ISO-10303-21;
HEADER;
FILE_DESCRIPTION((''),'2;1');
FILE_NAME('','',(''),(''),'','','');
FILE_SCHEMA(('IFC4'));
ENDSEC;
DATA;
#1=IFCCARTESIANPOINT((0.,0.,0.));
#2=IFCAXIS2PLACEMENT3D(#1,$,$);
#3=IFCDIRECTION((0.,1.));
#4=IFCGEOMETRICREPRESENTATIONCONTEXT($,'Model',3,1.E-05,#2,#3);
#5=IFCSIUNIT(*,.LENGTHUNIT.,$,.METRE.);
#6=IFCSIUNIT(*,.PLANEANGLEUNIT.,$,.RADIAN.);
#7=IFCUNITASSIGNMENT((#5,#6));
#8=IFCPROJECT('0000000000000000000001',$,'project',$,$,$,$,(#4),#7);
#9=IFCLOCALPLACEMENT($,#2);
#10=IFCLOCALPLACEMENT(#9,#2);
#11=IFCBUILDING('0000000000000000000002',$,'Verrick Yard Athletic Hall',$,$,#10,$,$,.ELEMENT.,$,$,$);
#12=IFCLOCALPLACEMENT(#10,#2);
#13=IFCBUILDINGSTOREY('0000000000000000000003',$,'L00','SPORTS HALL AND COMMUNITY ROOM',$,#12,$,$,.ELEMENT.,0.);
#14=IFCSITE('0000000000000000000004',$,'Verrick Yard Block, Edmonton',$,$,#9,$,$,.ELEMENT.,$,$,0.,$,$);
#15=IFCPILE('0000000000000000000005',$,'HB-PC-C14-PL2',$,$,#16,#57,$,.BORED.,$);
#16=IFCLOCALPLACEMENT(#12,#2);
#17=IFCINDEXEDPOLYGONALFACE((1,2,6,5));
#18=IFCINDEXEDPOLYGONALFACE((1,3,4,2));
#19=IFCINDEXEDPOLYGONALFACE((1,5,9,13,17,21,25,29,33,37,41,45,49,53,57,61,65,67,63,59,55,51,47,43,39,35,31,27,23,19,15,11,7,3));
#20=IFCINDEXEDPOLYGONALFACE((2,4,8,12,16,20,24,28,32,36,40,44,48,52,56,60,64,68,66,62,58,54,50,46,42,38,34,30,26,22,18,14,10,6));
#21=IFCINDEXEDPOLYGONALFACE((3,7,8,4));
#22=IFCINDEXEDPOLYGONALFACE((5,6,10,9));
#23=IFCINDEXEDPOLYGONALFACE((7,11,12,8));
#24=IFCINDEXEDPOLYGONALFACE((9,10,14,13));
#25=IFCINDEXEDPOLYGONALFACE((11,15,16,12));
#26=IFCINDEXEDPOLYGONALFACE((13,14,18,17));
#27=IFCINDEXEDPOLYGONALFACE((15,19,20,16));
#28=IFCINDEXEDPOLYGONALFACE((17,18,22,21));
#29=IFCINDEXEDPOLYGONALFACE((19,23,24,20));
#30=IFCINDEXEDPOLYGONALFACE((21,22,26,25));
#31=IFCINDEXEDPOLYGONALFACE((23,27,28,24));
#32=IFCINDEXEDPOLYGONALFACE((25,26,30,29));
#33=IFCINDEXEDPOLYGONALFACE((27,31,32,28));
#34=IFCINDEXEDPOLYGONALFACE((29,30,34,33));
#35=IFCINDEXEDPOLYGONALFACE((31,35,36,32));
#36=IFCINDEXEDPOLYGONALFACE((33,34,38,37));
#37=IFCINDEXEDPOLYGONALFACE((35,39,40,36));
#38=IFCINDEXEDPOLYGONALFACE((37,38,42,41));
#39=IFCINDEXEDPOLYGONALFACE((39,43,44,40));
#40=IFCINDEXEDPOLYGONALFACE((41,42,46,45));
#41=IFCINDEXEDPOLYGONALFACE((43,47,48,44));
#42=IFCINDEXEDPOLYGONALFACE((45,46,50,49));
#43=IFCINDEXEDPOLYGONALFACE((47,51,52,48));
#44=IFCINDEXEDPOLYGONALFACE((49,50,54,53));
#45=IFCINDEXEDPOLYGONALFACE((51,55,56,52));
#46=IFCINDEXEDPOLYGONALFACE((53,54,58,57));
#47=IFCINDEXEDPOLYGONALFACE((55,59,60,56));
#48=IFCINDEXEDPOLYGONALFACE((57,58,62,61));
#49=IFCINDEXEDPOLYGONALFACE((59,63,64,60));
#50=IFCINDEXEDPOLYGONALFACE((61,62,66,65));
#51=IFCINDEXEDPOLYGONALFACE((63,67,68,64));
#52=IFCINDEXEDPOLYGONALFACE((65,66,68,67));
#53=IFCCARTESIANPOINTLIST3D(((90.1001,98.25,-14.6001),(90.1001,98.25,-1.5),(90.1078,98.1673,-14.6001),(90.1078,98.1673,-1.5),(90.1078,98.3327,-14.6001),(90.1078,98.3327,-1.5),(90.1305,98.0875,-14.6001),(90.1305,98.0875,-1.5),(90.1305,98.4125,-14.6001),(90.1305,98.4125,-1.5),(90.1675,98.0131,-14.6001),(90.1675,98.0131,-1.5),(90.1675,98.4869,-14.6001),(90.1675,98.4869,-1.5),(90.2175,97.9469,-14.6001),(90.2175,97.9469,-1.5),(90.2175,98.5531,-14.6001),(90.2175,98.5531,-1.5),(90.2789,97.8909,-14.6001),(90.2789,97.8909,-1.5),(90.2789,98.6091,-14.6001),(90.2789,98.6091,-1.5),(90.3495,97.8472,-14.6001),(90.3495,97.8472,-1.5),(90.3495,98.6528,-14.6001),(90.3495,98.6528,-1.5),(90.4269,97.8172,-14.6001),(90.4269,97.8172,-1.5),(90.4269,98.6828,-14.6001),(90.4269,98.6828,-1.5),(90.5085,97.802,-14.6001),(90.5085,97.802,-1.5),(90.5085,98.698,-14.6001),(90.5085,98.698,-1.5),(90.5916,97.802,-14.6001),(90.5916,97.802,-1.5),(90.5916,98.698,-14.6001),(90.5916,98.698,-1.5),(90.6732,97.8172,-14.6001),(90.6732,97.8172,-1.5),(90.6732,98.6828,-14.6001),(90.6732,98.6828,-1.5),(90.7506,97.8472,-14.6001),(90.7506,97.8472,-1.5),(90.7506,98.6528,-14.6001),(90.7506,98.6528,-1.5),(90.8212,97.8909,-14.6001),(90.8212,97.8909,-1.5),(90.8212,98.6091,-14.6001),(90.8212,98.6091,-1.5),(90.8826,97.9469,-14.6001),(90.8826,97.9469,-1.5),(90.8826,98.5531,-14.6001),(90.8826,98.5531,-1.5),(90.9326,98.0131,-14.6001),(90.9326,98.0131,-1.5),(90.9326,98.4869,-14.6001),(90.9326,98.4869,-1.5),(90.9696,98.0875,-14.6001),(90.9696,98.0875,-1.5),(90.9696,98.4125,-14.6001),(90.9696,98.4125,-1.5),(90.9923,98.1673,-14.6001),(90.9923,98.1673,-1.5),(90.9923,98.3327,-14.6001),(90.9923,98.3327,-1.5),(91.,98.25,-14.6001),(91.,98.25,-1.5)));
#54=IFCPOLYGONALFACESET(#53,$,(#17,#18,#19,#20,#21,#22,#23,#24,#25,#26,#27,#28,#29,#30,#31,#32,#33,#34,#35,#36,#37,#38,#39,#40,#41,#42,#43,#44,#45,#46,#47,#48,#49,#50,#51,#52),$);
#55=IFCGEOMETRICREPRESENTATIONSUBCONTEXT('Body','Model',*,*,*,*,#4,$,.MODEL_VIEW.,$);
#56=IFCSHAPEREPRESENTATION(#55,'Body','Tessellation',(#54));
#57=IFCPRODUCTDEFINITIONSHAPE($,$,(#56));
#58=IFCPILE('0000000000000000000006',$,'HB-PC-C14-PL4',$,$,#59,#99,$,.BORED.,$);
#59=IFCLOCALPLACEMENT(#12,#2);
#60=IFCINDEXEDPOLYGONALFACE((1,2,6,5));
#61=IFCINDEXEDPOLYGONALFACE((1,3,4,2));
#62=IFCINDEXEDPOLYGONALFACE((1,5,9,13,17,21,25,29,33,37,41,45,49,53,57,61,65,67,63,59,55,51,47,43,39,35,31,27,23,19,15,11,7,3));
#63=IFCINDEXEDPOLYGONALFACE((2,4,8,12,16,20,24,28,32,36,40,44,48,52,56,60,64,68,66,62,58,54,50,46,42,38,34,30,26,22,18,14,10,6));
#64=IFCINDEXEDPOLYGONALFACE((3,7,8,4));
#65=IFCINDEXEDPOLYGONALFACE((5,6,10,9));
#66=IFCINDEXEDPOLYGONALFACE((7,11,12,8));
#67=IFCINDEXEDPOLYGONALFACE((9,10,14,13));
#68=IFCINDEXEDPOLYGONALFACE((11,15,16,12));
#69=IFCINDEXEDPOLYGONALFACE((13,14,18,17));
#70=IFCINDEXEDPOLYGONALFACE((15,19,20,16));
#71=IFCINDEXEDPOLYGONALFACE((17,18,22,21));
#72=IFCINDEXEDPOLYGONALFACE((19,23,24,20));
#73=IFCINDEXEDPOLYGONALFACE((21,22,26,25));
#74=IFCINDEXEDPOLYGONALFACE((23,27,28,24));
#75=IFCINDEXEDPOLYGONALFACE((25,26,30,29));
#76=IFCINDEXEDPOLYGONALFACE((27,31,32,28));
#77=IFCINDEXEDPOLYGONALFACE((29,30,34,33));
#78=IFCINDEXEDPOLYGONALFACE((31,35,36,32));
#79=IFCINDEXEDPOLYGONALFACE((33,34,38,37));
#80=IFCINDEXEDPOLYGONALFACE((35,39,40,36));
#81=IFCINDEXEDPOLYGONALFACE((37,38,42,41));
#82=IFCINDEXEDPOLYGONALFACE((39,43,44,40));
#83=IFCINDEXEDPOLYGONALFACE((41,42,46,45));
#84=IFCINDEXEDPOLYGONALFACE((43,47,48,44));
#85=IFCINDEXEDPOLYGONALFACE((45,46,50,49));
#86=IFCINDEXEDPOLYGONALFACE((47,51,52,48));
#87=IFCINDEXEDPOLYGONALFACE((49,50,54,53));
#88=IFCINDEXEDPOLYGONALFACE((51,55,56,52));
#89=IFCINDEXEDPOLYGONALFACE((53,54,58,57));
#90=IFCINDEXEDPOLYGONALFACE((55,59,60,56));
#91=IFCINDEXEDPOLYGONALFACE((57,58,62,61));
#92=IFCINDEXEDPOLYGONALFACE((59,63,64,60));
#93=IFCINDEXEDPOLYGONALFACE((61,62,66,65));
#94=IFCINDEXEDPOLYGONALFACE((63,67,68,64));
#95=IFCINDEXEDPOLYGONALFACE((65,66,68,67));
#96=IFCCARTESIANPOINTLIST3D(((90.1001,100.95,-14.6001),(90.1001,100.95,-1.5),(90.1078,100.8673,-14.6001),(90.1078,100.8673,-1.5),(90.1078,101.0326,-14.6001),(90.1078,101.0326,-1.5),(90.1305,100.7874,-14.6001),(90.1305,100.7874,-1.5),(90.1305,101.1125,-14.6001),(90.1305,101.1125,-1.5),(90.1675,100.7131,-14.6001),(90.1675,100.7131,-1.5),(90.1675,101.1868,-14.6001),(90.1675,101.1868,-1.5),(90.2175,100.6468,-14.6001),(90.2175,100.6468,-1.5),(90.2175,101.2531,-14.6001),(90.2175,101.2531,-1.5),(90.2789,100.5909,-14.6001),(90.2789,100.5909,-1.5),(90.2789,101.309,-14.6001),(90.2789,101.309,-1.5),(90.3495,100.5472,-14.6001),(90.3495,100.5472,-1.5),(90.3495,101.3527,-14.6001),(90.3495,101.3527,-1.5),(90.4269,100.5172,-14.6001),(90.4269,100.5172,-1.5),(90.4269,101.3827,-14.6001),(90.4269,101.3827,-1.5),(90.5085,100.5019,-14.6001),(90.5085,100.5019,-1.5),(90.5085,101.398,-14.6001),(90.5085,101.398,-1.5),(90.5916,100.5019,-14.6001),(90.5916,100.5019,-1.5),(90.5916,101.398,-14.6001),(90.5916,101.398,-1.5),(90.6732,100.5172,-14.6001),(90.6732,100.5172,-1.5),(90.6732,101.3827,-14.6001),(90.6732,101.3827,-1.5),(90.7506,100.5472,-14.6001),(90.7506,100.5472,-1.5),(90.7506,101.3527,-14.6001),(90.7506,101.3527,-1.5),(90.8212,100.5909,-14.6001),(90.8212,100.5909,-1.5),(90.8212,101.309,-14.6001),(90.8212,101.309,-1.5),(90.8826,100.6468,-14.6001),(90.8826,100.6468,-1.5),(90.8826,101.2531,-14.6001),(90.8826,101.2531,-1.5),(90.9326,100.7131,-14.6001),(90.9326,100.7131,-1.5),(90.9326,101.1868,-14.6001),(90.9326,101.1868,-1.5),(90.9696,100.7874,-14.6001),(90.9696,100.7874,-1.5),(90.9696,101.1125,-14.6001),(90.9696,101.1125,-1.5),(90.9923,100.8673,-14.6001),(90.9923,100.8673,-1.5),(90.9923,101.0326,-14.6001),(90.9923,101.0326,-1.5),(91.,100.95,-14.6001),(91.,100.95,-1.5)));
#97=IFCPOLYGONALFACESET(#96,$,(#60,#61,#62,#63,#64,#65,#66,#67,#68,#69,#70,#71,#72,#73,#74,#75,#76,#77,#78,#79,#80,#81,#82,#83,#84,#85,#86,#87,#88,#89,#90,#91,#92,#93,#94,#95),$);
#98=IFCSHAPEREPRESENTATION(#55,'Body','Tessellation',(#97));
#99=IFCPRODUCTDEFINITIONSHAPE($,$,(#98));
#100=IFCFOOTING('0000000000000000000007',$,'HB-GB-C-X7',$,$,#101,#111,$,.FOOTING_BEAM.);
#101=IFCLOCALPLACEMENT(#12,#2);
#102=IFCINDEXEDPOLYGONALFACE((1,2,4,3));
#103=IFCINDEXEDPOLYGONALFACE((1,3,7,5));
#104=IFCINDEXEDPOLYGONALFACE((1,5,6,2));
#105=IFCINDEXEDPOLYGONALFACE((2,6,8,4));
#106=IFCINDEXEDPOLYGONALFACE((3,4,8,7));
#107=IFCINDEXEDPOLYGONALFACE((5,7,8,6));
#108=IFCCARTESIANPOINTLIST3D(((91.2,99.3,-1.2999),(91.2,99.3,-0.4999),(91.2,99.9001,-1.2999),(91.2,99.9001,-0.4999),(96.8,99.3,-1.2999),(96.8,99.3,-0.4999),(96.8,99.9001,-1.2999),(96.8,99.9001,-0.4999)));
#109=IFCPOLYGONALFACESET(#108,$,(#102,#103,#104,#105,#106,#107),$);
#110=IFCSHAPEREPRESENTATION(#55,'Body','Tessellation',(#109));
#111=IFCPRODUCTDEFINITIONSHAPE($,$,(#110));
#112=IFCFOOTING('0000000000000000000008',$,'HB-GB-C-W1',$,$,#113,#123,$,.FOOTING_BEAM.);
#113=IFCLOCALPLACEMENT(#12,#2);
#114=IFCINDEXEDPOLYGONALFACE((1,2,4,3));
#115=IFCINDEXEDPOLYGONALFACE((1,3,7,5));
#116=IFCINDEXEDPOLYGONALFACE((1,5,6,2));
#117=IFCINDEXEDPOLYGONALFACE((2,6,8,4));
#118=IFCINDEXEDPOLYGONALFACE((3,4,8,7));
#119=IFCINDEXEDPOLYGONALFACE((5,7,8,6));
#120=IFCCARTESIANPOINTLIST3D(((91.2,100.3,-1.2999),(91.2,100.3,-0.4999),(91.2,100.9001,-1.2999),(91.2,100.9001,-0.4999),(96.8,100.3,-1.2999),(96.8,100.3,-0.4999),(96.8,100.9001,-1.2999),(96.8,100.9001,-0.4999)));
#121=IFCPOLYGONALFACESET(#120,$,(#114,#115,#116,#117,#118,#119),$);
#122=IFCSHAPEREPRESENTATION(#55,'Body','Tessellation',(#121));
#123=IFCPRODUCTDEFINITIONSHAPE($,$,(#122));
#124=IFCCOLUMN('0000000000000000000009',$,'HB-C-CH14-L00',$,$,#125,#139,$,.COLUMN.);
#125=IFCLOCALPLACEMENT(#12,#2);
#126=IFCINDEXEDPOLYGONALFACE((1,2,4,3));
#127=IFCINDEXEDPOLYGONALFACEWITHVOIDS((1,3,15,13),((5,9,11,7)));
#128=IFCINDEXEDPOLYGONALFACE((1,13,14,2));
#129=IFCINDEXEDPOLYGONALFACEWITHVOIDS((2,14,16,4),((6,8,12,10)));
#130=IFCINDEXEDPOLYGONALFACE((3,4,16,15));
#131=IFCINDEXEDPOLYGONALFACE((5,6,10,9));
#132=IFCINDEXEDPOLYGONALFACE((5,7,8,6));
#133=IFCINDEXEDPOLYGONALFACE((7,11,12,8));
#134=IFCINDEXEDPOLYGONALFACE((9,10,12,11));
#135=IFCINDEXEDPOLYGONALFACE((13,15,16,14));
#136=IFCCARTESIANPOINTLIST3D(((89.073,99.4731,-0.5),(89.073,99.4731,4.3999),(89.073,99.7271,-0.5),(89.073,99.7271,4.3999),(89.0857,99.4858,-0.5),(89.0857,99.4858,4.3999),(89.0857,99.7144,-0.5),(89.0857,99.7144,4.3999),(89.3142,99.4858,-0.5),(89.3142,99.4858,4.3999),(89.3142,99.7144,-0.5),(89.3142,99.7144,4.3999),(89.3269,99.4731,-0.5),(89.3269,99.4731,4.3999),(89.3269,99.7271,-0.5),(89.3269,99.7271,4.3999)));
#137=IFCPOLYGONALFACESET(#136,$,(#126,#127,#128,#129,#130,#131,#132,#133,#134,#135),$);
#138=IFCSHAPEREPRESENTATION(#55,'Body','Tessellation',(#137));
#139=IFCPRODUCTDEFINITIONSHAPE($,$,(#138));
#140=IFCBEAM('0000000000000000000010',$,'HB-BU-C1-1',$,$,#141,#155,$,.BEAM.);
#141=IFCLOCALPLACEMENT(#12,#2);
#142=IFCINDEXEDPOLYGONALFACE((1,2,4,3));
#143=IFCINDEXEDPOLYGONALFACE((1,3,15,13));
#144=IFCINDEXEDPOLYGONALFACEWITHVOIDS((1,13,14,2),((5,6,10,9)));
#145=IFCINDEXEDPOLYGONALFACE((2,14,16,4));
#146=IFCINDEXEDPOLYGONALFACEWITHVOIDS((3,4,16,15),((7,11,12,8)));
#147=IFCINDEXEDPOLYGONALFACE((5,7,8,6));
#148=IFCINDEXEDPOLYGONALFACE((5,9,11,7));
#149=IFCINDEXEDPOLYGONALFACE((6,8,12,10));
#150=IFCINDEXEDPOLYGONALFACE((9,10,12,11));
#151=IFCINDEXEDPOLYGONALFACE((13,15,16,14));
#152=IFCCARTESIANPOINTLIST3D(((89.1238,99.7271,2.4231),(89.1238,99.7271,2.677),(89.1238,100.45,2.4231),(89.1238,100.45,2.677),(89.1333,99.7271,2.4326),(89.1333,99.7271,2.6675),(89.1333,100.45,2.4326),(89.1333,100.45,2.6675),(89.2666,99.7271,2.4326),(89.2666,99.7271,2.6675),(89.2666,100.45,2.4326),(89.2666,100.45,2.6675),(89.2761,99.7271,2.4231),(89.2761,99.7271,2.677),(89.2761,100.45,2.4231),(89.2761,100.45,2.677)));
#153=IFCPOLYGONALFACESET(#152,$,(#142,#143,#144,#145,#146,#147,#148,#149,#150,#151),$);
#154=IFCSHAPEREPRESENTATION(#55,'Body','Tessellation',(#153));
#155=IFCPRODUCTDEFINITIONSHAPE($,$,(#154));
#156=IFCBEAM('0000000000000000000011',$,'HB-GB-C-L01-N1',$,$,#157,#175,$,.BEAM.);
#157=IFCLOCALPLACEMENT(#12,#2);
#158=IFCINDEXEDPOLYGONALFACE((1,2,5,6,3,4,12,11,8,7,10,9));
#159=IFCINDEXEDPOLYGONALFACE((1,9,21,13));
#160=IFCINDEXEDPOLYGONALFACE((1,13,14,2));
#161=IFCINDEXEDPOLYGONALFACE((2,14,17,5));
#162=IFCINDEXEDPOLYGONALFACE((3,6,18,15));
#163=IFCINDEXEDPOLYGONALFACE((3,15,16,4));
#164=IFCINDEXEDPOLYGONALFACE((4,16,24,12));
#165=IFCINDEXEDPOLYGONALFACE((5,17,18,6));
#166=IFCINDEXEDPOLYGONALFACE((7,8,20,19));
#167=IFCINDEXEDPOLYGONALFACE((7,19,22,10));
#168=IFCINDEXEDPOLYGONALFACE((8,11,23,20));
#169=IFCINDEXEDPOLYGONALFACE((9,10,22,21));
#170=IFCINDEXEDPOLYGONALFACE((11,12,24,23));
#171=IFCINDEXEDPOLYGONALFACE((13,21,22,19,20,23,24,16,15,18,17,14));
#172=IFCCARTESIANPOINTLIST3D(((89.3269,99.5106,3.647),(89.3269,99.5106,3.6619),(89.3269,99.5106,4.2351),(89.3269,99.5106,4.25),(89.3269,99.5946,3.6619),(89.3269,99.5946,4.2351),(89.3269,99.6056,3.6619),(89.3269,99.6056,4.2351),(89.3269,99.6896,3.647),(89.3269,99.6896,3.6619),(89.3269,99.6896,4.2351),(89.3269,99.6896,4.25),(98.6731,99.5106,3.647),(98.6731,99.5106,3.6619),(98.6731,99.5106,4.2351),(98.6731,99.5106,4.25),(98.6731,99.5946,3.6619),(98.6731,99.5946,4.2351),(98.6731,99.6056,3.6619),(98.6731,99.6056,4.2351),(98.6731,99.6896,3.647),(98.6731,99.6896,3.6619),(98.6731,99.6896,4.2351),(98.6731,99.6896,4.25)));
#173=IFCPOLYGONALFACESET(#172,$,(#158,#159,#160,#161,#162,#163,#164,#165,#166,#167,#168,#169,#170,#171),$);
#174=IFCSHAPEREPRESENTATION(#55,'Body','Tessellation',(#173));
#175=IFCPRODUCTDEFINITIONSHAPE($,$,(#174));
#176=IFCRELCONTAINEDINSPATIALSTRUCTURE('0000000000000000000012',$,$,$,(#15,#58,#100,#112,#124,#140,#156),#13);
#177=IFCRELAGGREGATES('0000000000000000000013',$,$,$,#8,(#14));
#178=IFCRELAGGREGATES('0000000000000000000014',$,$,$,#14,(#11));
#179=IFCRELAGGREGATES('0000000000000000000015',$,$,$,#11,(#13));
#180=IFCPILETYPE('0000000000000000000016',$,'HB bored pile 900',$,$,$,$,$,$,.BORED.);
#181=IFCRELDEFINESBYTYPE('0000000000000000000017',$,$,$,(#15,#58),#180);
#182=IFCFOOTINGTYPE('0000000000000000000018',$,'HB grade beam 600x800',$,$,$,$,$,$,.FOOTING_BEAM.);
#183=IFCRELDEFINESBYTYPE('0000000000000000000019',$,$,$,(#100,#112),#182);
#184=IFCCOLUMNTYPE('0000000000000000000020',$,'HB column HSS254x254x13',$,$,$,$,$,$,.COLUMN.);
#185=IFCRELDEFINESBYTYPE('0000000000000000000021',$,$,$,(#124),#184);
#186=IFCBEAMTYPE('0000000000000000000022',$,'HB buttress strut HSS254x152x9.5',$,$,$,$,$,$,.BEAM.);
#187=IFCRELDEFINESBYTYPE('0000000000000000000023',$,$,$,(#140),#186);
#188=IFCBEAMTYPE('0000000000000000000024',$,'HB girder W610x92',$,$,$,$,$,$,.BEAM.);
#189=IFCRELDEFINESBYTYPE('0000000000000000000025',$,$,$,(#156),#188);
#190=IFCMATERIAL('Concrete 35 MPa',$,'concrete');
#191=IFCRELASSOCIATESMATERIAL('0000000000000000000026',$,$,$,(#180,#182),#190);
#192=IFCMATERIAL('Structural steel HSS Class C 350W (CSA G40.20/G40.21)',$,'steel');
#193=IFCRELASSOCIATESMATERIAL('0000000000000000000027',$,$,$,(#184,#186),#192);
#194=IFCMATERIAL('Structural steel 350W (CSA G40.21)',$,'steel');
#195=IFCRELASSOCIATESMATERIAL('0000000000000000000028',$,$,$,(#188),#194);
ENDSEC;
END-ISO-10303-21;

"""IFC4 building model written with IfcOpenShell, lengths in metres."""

from ifc_helpers import new_model, si_unit, direction, frame, origin, origin_2d, place, context, subcontext, project, spatial, rectangle, hollow_rectangle, circle, i_section, extrude, material, material_profile, profile_set, type_object, element, save


model = new_model("IFC4")

# Units and contexts
model_context = context("Model", 3, precision=1e-05, world=origin(), true_north=direction((0.0, 1.0)))
body_context = subcontext(model_context, "Body", "Model", "MODEL_VIEW")
ifc_project = project(units=[si_unit("LENGTHUNIT", "METRE"), si_unit("PLANEANGLEUNIT", "RADIAN")], contexts=[model_context])

# Site, building, storey
site_placement = place(None, origin())
site = spatial("IfcSite", under=ifc_project, at=site_placement, Name="Verrick Yard Block, Edmonton", CompositionType="ELEMENT", RefElevation=0.0)
building_placement = place(site_placement, origin())
building = spatial("IfcBuilding", under=site, at=building_placement, Name="Verrick Yard Athletic Hall", CompositionType="ELEMENT")
storey_placement = place(building_placement, origin())
storey = spatial("IfcBuildingStorey", under=building, at=storey_placement, Name="L00", Description="SPORTS HALL AND COMMUNITY ROOM", CompositionType="ELEMENT", Elevation=0.0)

# Piles
ifc_material_1 = material(Name="Concrete 35 MPa", Category="concrete")
ifc_material_profile_1 = material_profile(ifc_material_1, circle(Radius=0.45, at=origin_2d()), Name="Bored pile 900")
ifc_profile_set_1 = profile_set([ifc_material_profile_1], Name="Concrete 35 MPa")
pile_type = type_object("IfcPileType", Name="HB bored pile 900", PredefinedType="BORED", material=ifc_profile_set_1)
for number, where, z_axis, x_axis, name in (
    (1, (90.55, 98.25, -1.5), (0.0, 0.0, -1.0), (1.0, 0.0, 0.0), "HB-PC-C14-PL2"),
    (2, (90.55, 100.95, -1.5), (0.0, 0.0, -1.0), (1.0, 0.0, 0.0), "HB-PC-C14-PL4"),
):
    element("IfcPile", number, at=place(storey_placement, frame(where, z_axis=z_axis, x_axis=x_axis)), inside=storey, type_object=pile_type, Name=name, PredefinedType="BORED", context=body_context, shape_type="SweptSolid", body=[
        extrude(circle(Radius=0.45, at=origin_2d()), origin(), (0.0, 0.0, 1.0), 13.1001),
    ])

# Footings
ifc_material_profile_2 = material_profile(ifc_material_1, rectangle(XDim=0.6001, YDim=0.8, at=origin_2d()), Name="Grade beam 600x800")
ifc_profile_set_2 = profile_set([ifc_material_profile_2], Name="Concrete 35 MPa")
footing_type = type_object("IfcFootingType", Name="HB grade beam 600x800", PredefinedType="FOOTING_BEAM", material=ifc_profile_set_2)
for number, where, z_axis, x_axis, name in (
    (3, (91.2, 99.6001, -0.8999), (1.0, 0.0, 0.0), (0.0, 1.0, 0.0), "HB-GB-C-X7"),
    (4, (91.2, 100.6001, -0.8999), (1.0, 0.0, 0.0), (0.0, 1.0, 0.0), "HB-GB-C-W1"),
):
    element("IfcFooting", number, at=place(storey_placement, frame(where, z_axis=z_axis, x_axis=x_axis)), inside=storey, type_object=footing_type, Name=name, PredefinedType="FOOTING_BEAM", context=body_context, shape_type="SweptSolid", body=[
        extrude(rectangle(XDim=0.6001, YDim=0.8, at=origin_2d()), origin(), (0.0, 0.0, 1.0), 5.6001),
    ])

# Column
ifc_material_2 = material(Name="Structural steel HSS Class C 350W (CSA G40.20/G40.21)", Category="steel")
ifc_material_profile_3 = material_profile(ifc_material_2, hollow_rectangle(XDim=0.2539, YDim=0.2539, WallThickness=0.0127, at=origin_2d()), Name="HSS254x254x13")
ifc_profile_set_3 = profile_set([ifc_material_profile_3], Name="Structural steel HSS Class C 350W (CSA G40.20/G40.21)")
column_type = type_object("IfcColumnType", Name="HB column HSS254x254x13", PredefinedType="COLUMN", material=ifc_profile_set_3)
column_placement = place(storey_placement, frame((89.2, 99.6001, -0.5), z_axis=(0.0, 0.0, 1.0), x_axis=(1.0, 0.0, 0.0)))
element("IfcColumn", 5, at=column_placement, inside=storey, type_object=column_type, Name="HB-C-CH14-L00", PredefinedType="COLUMN", context=body_context, shape_type="SweptSolid", body=[
    extrude(hollow_rectangle(XDim=0.2539, YDim=0.2539, WallThickness=0.0127, at=origin_2d()), origin(), (0.0, 0.0, 1.0), 4.8999),
])

# Beams
ifc_material_profile_4 = material_profile(ifc_material_2, hollow_rectangle(XDim=0.1523, YDim=0.2539, WallThickness=0.0095, at=origin_2d()), Name="HSS254x152x9.5")
ifc_profile_set_4 = profile_set([ifc_material_profile_4], Name="Structural steel HSS Class C 350W (CSA G40.20/G40.21)")
beam_type_1 = type_object("IfcBeamType", Name="HB buttress strut HSS254x152x9.5", PredefinedType="BEAM", material=ifc_profile_set_4)
beam_1_placement = place(storey_placement, frame((89.2, 99.7271, 2.55), z_axis=(0.0, 1.0, 0.0), x_axis=(-1.0, 0.0, 0.0)))
element("IfcBeam", 6, at=beam_1_placement, inside=storey, type_object=beam_type_1, Name="HB-BU-C1-1", PredefinedType="BEAM", context=body_context, shape_type="SweptSolid", body=[
    extrude(hollow_rectangle(XDim=0.1523, YDim=0.2539, WallThickness=0.0095, at=origin_2d()), origin(), (0.0, 0.0, 1.0), 0.7229),
])
ifc_material_3 = material(Name="Structural steel 350W (CSA G40.21)", Category="steel")
ifc_material_profile_5 = material_profile(ifc_material_3, i_section(OverallWidth=0.179, OverallDepth=0.603, WebThickness=0.011, FlangeThickness=0.0149, at=origin_2d()), Name="W610x92")
ifc_profile_set_5 = profile_set([ifc_material_profile_5], Name="Structural steel 350W (CSA G40.21)")
beam_type_2 = type_object("IfcBeamType", Name="HB girder W610x92", PredefinedType="BEAM", material=ifc_profile_set_5)
beam_2_placement = place(storey_placement, frame((89.3269, 99.6001, 3.9485), z_axis=(1.0, 0.0, 0.0), x_axis=(0.0, 1.0, 0.0)))
element("IfcBeam", 7, at=beam_2_placement, inside=storey, type_object=beam_type_2, Name="HB-GB-C-L01-N1", PredefinedType="BEAM", context=body_context, shape_type="SweptSolid", body=[
    extrude(i_section(OverallWidth=0.179, OverallDepth=0.603, WebThickness=0.011, FlangeThickness=0.0149, at=origin_2d()), origin(), (0.0, 0.0, 1.0), 9.3462),
])

save(model, "model.ifc")
